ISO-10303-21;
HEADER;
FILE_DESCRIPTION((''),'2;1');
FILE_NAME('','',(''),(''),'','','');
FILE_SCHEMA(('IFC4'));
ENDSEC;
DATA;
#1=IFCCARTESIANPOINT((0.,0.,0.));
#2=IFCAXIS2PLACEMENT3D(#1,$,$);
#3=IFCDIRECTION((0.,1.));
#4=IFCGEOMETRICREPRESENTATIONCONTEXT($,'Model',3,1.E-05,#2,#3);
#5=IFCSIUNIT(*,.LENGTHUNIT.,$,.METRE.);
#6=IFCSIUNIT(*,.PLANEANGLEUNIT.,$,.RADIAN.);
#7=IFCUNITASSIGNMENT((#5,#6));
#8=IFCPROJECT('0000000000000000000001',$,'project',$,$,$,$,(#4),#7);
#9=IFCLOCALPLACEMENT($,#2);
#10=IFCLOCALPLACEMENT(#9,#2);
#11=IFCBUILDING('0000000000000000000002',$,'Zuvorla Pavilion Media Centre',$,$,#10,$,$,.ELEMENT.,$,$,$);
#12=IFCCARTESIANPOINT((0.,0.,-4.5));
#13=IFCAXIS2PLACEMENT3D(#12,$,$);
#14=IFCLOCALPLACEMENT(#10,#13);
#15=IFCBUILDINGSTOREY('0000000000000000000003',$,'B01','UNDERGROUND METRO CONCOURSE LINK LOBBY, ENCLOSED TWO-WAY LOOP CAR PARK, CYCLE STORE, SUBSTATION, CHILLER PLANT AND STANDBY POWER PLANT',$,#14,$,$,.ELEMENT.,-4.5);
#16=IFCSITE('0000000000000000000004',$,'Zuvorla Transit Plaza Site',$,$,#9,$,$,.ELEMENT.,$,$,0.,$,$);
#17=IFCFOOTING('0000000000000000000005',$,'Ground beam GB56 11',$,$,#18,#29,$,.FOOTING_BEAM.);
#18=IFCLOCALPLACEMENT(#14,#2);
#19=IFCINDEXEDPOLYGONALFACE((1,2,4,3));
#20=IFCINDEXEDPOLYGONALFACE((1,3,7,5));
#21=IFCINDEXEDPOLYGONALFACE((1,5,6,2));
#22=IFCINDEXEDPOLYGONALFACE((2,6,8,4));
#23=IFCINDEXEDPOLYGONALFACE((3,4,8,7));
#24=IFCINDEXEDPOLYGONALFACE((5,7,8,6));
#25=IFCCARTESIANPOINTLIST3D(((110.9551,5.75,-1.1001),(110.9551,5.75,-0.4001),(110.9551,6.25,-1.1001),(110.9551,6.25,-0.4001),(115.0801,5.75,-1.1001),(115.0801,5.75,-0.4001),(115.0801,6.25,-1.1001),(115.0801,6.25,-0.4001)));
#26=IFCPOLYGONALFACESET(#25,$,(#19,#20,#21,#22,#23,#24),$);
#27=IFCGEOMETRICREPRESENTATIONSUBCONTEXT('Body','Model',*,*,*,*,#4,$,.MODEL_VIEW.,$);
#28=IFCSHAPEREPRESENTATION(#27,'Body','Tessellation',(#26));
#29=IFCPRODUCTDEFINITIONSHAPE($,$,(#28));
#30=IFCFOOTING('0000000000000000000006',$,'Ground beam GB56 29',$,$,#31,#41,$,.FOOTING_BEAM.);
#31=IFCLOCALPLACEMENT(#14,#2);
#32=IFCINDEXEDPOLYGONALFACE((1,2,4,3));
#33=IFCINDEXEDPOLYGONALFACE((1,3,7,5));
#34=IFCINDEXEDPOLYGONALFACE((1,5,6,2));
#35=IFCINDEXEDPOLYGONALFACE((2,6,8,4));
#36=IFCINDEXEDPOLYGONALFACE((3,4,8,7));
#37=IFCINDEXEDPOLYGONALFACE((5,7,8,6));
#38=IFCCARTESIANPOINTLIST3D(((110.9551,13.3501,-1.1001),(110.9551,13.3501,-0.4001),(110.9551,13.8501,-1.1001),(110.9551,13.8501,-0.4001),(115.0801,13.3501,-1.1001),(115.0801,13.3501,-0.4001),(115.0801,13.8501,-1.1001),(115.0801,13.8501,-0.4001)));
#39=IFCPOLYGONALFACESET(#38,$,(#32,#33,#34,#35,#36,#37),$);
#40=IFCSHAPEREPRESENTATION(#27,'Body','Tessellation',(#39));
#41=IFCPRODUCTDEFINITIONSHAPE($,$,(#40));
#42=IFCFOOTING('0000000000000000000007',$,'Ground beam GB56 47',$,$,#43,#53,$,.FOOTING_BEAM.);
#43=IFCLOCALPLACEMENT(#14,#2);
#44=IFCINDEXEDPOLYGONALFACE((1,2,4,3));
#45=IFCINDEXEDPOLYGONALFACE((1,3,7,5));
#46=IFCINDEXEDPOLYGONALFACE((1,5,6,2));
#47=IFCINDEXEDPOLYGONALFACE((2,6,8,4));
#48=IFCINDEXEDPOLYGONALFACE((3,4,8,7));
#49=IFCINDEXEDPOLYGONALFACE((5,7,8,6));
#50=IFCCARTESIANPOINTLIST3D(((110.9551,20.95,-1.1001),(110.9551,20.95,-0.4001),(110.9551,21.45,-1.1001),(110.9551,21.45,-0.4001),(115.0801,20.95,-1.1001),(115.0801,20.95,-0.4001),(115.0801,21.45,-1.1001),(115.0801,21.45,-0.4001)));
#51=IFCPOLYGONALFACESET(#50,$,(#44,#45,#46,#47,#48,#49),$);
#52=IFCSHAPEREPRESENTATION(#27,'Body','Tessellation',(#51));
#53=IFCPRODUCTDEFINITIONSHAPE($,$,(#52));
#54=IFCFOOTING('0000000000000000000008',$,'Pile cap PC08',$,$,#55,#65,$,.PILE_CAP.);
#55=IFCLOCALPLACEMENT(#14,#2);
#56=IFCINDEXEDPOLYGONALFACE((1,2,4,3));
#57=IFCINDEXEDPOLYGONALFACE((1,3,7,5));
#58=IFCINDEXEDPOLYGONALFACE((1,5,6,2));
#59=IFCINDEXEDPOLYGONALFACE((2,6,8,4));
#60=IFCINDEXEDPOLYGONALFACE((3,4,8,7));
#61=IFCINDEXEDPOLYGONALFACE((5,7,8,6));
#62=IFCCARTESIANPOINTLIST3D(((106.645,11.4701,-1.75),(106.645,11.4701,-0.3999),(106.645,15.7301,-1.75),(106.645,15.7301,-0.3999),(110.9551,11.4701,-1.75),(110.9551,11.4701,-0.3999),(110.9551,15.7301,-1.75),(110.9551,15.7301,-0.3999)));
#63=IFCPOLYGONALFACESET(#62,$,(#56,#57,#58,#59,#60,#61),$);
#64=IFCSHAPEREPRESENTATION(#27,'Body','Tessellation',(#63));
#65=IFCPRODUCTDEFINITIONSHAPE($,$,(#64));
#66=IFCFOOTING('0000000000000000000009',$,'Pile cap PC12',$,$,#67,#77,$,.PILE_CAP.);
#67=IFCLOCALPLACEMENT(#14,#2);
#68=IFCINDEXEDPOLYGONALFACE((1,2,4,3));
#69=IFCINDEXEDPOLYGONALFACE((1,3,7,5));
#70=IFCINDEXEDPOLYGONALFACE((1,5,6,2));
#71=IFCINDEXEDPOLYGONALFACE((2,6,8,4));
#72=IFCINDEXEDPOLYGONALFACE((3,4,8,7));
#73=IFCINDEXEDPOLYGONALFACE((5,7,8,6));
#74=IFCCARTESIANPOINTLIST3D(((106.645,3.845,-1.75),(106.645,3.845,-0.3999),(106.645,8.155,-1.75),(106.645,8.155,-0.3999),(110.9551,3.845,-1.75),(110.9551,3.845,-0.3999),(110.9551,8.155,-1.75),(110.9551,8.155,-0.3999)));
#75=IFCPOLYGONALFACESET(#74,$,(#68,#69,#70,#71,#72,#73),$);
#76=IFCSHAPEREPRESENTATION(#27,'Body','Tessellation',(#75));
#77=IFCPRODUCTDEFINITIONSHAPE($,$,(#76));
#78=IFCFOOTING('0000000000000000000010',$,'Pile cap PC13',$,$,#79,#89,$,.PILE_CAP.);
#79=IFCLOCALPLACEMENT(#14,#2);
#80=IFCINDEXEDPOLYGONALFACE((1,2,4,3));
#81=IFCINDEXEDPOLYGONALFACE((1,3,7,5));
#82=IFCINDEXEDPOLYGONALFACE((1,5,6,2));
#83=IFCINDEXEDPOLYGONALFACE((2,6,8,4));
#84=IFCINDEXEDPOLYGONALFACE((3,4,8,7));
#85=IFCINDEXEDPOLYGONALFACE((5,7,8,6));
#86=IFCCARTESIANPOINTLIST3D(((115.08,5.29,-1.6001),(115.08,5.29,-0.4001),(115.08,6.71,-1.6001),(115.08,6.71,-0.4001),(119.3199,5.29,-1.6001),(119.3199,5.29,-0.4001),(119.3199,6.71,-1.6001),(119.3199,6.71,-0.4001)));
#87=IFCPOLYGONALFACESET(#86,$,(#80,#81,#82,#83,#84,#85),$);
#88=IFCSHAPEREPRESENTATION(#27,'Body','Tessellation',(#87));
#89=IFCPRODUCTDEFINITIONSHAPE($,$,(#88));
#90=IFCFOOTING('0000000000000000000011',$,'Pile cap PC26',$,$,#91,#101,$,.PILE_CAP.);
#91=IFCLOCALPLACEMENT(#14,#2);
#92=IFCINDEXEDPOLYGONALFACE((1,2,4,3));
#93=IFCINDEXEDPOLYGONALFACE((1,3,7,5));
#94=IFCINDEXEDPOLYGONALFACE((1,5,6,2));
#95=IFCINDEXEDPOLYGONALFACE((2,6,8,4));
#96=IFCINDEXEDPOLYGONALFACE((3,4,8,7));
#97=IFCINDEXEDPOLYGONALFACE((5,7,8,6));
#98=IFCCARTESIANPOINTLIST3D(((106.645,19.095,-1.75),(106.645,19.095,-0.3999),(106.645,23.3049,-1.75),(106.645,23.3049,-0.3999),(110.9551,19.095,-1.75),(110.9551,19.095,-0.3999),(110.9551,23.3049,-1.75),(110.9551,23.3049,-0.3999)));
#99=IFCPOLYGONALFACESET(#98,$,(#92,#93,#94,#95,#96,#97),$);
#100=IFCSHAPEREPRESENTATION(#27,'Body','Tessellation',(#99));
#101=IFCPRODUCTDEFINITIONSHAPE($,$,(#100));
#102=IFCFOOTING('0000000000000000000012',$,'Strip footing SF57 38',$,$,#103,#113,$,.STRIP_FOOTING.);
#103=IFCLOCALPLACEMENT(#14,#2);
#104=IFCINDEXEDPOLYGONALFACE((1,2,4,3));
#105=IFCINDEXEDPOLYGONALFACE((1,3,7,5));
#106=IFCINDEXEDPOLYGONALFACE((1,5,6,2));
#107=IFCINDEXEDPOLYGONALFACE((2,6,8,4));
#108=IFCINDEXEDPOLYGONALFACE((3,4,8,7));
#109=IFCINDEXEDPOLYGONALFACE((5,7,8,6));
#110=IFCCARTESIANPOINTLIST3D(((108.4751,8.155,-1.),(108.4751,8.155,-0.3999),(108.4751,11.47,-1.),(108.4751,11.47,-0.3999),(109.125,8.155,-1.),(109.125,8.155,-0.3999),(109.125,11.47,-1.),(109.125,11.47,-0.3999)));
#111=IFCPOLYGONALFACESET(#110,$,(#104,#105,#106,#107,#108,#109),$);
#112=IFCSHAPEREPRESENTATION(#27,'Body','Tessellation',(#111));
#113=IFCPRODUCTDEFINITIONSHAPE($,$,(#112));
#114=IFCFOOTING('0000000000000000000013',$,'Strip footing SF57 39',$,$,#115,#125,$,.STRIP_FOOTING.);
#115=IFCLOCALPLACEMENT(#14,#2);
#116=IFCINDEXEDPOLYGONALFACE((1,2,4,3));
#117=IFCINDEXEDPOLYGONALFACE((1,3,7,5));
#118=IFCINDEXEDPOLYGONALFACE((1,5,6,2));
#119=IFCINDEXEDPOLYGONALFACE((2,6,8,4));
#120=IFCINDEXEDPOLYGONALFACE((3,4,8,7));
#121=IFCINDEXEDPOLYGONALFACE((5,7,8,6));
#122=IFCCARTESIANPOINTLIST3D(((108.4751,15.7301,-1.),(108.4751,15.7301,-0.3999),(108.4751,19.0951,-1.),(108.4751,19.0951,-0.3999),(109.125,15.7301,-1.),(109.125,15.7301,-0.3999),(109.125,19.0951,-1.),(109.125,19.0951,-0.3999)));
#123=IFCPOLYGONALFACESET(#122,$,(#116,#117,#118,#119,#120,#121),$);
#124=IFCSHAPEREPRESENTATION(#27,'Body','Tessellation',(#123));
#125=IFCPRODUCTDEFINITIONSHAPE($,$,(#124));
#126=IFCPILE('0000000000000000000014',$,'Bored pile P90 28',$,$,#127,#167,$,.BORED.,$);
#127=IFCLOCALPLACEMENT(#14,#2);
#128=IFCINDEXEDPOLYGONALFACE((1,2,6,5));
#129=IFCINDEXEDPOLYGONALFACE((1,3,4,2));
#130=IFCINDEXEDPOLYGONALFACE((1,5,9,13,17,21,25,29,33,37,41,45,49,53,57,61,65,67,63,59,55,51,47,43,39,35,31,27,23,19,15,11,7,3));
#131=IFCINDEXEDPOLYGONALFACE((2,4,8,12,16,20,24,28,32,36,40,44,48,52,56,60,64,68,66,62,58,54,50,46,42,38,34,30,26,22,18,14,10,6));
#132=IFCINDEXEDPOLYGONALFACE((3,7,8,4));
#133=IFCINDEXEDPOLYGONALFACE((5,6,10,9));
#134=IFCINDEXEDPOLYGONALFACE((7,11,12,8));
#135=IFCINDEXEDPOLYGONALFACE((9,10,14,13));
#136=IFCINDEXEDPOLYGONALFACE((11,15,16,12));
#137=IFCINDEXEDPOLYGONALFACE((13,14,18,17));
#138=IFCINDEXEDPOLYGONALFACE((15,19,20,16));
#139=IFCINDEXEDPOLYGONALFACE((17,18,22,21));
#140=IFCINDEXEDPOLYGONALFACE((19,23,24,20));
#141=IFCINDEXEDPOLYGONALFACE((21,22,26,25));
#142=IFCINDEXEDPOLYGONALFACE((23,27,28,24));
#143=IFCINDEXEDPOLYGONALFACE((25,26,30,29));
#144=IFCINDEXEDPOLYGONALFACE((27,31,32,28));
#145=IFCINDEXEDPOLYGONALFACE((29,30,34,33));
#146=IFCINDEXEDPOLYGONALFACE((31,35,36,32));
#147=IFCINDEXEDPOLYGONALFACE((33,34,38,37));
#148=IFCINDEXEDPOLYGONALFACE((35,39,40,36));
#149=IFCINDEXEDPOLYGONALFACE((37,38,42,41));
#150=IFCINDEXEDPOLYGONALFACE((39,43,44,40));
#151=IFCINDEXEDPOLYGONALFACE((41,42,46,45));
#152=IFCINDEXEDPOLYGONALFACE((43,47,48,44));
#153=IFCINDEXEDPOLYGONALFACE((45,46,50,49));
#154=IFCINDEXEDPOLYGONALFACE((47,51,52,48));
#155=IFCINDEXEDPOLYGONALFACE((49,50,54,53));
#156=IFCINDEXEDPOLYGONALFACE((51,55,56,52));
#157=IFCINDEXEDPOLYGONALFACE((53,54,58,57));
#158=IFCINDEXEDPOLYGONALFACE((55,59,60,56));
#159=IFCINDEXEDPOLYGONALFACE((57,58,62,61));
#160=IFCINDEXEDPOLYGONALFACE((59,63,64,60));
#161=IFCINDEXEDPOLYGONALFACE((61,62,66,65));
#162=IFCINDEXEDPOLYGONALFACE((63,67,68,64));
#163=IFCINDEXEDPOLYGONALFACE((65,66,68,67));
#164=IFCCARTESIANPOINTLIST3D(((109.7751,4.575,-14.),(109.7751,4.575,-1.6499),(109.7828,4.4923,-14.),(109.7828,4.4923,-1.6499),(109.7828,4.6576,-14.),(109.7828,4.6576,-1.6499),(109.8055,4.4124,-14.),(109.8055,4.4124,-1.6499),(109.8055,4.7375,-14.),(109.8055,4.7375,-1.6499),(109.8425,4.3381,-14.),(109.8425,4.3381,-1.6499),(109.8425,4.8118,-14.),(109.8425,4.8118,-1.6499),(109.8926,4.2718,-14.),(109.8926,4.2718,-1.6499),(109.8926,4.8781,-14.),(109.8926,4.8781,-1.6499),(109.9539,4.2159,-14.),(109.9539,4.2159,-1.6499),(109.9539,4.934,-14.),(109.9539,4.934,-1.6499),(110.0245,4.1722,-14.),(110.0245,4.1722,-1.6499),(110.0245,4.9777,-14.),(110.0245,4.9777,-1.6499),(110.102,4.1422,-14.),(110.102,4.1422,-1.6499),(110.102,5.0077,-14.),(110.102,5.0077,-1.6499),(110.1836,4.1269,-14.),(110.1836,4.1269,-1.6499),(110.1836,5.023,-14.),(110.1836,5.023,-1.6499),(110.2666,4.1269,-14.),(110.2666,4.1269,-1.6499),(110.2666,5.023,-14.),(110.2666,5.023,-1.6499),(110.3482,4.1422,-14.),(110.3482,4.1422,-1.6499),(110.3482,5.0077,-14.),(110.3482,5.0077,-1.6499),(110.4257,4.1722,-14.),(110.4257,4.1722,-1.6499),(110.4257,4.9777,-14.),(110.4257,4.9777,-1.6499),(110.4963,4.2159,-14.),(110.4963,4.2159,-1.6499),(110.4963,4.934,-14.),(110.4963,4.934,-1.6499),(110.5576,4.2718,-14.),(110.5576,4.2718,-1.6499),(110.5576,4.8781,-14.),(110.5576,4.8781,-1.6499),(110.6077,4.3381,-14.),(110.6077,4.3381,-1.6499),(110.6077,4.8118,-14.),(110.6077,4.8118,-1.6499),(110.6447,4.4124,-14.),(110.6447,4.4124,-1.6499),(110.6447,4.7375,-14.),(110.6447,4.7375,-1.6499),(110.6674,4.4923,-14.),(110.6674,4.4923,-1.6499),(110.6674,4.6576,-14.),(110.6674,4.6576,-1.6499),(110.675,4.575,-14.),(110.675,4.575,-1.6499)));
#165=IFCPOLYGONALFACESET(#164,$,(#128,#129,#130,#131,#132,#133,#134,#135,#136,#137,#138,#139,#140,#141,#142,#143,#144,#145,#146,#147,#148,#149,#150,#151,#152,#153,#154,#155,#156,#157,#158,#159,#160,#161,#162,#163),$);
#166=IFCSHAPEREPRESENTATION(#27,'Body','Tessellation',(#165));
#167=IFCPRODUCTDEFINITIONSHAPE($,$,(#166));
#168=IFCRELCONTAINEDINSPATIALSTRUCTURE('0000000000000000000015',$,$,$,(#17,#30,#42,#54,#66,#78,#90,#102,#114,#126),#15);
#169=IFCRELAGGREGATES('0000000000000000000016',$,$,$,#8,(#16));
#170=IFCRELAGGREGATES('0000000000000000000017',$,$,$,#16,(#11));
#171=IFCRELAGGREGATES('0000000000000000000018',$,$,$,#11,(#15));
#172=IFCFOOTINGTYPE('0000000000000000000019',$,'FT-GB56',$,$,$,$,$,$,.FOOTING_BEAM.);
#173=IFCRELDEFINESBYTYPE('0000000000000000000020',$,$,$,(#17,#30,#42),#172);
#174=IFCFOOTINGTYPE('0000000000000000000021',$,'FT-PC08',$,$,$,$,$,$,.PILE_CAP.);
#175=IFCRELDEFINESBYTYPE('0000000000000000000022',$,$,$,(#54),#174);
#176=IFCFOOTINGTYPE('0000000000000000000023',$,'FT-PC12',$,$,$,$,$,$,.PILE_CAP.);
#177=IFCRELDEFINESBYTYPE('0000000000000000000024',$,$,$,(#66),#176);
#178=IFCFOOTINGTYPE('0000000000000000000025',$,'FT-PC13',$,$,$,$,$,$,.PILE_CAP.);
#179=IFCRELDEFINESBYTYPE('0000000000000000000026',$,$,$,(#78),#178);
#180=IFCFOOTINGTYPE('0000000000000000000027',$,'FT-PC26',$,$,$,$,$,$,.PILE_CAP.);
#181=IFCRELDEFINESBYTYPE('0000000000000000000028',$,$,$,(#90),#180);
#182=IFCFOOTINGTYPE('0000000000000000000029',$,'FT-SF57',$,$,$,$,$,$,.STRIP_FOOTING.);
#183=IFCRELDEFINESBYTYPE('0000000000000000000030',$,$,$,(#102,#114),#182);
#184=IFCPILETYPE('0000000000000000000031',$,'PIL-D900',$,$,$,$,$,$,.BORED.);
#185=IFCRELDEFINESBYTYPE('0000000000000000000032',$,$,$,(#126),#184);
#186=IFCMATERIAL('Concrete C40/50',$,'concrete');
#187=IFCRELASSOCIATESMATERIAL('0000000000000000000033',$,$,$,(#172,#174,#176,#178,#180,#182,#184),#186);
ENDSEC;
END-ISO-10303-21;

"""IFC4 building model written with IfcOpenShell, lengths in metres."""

from ifc_helpers import new_model, si_unit, direction, frame, origin, origin_2d, place, context, subcontext, project, spatial, rectangle, circle, extrude, material, material_profile, profile_set, type_object, element, save


model = new_model("IFC4")

# Units and contexts
model_context = context("Model", 3, precision=1e-05, world=origin(), true_north=direction((0.0, 1.0)))
body_context = subcontext(model_context, "Body", "Model", "MODEL_VIEW")
ifc_project = project(units=[si_unit("LENGTHUNIT", "METRE"), si_unit("PLANEANGLEUNIT", "RADIAN")], contexts=[model_context])

# Site, building, storey
site_placement = place(None, origin())
site = spatial("IfcSite", under=ifc_project, at=site_placement, Name="Zuvorla Transit Plaza Site", CompositionType="ELEMENT", RefElevation=0.0)
building_placement = place(site_placement, origin())
building = spatial("IfcBuilding", under=site, at=building_placement, Name="Zuvorla Pavilion Media Centre", CompositionType="ELEMENT")
storey_placement = place(building_placement, frame((0.0, 0.0, -4.5)))
storey = spatial("IfcBuildingStorey", under=building, at=storey_placement, Name="B01", Description="UNDERGROUND METRO CONCOURSE LINK LOBBY, ENCLOSED TWO-WAY LOOP CAR PARK, CYCLE STORE, SUBSTATION, CHILLER PLANT AND STANDBY POWER PLANT", CompositionType="ELEMENT", Elevation=-4.5)

# Footings
ifc_material_1 = material(Name="Concrete C40/50", Category="concrete")
footing_type_1 = type_object("IfcFootingType", Name="FT-GB56", PredefinedType="FOOTING_BEAM", material=ifc_material_1)
for number, where, z_axis, x_axis, name in (
    (1, (113.0176, 6.0, -1.1001), (0.0, 0.0, 1.0), (1.0, 0.0, 0.0), "Ground beam GB56 11"),
    (2, (113.0176, 13.6001, -1.1001), (0.0, 0.0, 1.0), (1.0, 0.0, 0.0), "Ground beam GB56 29"),
    (3, (113.0176, 21.2, -1.1001), (0.0, 0.0, 1.0), (1.0, 0.0, 0.0), "Ground beam GB56 47"),
):
    element("IfcFooting", number, at=place(storey_placement, frame(where, z_axis=z_axis, x_axis=x_axis)), inside=storey, type_object=footing_type_1, Name=name, PredefinedType="FOOTING_BEAM", context=body_context, shape_type="SweptSolid", body=[
        extrude(rectangle(XDim=4.125, YDim=0.5, at=origin_2d()), origin(), (0.0, 0.0, 1.0), 0.7),
    ])
footing_type_2 = type_object("IfcFootingType", Name="FT-PC08", PredefinedType="PILE_CAP", material=ifc_material_1)
footing_1_placement = place(storey_placement, frame((108.8, 13.6001, -1.75), z_axis=(0.0, 0.0, 1.0), x_axis=(1.0, 0.0, 0.0)))
element("IfcFooting", 4, at=footing_1_placement, inside=storey, type_object=footing_type_2, Name="Pile cap PC08", PredefinedType="PILE_CAP", context=body_context, shape_type="SweptSolid", body=[
    extrude(rectangle(XDim=4.3101, YDim=4.26, at=origin_2d()), origin(), (0.0, 0.0, 1.0), 1.3501),
])
footing_type_3 = type_object("IfcFootingType", Name="FT-PC12", PredefinedType="PILE_CAP", material=ifc_material_1)
footing_2_placement = place(storey_placement, frame((108.8, 6.0, -1.75), z_axis=(0.0, 0.0, 1.0), x_axis=(1.0, 0.0, 0.0)))
element("IfcFooting", 5, at=footing_2_placement, inside=storey, type_object=footing_type_3, Name="Pile cap PC12", PredefinedType="PILE_CAP", context=body_context, shape_type="SweptSolid", body=[
    extrude(rectangle(XDim=4.3101, YDim=4.3101, at=origin_2d()), origin(), (0.0, 0.0, 1.0), 1.3501),
])
footing_type_4 = type_object("IfcFootingType", Name="FT-PC13", PredefinedType="PILE_CAP", material=ifc_material_1)
footing_3_placement = place(storey_placement, frame((117.2, 6.0, -1.6001), z_axis=(0.0, 0.0, 1.0), x_axis=(1.0, 0.0, 0.0)))
element("IfcFooting", 6, at=footing_3_placement, inside=storey, type_object=footing_type_4, Name="Pile cap PC13", PredefinedType="PILE_CAP", context=body_context, shape_type="SweptSolid", body=[
    extrude(rectangle(XDim=4.24, YDim=1.4199, at=origin_2d()), origin(), (0.0, 0.0, 1.0), 1.2),
])
footing_type_5 = type_object("IfcFootingType", Name="FT-PC26", PredefinedType="PILE_CAP", material=ifc_material_1)
footing_4_placement = place(storey_placement, frame((108.8, 21.2, -1.75), z_axis=(0.0, 0.0, 1.0), x_axis=(1.0, 0.0, 0.0)))
element("IfcFooting", 7, at=footing_4_placement, inside=storey, type_object=footing_type_5, Name="Pile cap PC26", PredefinedType="PILE_CAP", context=body_context, shape_type="SweptSolid", body=[
    extrude(rectangle(XDim=4.3101, YDim=4.21, at=origin_2d()), origin(), (0.0, 0.0, 1.0), 1.3501),
])
footing_type_6 = type_object("IfcFootingType", Name="FT-SF57", PredefinedType="STRIP_FOOTING", material=ifc_material_1)
footing_5_placement = place(storey_placement, frame((108.8, 9.8125, -1.0), z_axis=(0.0, 0.0, 1.0), x_axis=(0.0, 1.0, 0.0)))
element("IfcFooting", 8, at=footing_5_placement, inside=storey, type_object=footing_type_6, Name="Strip footing SF57 38", PredefinedType="STRIP_FOOTING", context=body_context, shape_type="SweptSolid", body=[
    extrude(rectangle(XDim=3.3149, YDim=0.6499, at=origin_2d()), origin(), (0.0, 0.0, 1.0), 0.6001),
])
footing_6_placement = place(storey_placement, frame((108.8, 17.4126, -1.0), z_axis=(0.0, 0.0, 1.0), x_axis=(0.0, 1.0, 0.0)))
element("IfcFooting", 9, at=footing_6_placement, inside=storey, type_object=footing_type_6, Name="Strip footing SF57 39", PredefinedType="STRIP_FOOTING", context=body_context, shape_type="SweptSolid", body=[
    extrude(rectangle(XDim=3.365, YDim=0.6499, at=origin_2d()), origin(), (0.0, 0.0, 1.0), 0.6001),
])

# Pile
ifc_material_profile_1 = material_profile(ifc_material_1, circle(Radius=0.45, at=origin_2d()), Name="BORED PILE 900")
ifc_profile_set_1 = profile_set([ifc_material_profile_1], Name="Concrete C40/50")
pile_type = type_object("IfcPileType", Name="PIL-D900", PredefinedType="BORED", material=ifc_profile_set_1)
for number, where, z_axis, x_axis, name in (
    (10, (110.2251, 4.575, -1.6499), (0.0, 0.0, -1.0), (1.0, 0.0, 0.0), "Bored pile P90 28"),
):
    element("IfcPile", number, at=place(storey_placement, frame(where, z_axis=z_axis, x_axis=x_axis)), inside=storey, type_object=pile_type, Name=name, PredefinedType="BORED", context=body_context, shape_type="SweptSolid", body=[
        extrude(circle(Radius=0.45, at=origin_2d()), origin(), (0.0, 0.0, 1.0), 12.3501),
    ])

save(model, "model.ifc")
